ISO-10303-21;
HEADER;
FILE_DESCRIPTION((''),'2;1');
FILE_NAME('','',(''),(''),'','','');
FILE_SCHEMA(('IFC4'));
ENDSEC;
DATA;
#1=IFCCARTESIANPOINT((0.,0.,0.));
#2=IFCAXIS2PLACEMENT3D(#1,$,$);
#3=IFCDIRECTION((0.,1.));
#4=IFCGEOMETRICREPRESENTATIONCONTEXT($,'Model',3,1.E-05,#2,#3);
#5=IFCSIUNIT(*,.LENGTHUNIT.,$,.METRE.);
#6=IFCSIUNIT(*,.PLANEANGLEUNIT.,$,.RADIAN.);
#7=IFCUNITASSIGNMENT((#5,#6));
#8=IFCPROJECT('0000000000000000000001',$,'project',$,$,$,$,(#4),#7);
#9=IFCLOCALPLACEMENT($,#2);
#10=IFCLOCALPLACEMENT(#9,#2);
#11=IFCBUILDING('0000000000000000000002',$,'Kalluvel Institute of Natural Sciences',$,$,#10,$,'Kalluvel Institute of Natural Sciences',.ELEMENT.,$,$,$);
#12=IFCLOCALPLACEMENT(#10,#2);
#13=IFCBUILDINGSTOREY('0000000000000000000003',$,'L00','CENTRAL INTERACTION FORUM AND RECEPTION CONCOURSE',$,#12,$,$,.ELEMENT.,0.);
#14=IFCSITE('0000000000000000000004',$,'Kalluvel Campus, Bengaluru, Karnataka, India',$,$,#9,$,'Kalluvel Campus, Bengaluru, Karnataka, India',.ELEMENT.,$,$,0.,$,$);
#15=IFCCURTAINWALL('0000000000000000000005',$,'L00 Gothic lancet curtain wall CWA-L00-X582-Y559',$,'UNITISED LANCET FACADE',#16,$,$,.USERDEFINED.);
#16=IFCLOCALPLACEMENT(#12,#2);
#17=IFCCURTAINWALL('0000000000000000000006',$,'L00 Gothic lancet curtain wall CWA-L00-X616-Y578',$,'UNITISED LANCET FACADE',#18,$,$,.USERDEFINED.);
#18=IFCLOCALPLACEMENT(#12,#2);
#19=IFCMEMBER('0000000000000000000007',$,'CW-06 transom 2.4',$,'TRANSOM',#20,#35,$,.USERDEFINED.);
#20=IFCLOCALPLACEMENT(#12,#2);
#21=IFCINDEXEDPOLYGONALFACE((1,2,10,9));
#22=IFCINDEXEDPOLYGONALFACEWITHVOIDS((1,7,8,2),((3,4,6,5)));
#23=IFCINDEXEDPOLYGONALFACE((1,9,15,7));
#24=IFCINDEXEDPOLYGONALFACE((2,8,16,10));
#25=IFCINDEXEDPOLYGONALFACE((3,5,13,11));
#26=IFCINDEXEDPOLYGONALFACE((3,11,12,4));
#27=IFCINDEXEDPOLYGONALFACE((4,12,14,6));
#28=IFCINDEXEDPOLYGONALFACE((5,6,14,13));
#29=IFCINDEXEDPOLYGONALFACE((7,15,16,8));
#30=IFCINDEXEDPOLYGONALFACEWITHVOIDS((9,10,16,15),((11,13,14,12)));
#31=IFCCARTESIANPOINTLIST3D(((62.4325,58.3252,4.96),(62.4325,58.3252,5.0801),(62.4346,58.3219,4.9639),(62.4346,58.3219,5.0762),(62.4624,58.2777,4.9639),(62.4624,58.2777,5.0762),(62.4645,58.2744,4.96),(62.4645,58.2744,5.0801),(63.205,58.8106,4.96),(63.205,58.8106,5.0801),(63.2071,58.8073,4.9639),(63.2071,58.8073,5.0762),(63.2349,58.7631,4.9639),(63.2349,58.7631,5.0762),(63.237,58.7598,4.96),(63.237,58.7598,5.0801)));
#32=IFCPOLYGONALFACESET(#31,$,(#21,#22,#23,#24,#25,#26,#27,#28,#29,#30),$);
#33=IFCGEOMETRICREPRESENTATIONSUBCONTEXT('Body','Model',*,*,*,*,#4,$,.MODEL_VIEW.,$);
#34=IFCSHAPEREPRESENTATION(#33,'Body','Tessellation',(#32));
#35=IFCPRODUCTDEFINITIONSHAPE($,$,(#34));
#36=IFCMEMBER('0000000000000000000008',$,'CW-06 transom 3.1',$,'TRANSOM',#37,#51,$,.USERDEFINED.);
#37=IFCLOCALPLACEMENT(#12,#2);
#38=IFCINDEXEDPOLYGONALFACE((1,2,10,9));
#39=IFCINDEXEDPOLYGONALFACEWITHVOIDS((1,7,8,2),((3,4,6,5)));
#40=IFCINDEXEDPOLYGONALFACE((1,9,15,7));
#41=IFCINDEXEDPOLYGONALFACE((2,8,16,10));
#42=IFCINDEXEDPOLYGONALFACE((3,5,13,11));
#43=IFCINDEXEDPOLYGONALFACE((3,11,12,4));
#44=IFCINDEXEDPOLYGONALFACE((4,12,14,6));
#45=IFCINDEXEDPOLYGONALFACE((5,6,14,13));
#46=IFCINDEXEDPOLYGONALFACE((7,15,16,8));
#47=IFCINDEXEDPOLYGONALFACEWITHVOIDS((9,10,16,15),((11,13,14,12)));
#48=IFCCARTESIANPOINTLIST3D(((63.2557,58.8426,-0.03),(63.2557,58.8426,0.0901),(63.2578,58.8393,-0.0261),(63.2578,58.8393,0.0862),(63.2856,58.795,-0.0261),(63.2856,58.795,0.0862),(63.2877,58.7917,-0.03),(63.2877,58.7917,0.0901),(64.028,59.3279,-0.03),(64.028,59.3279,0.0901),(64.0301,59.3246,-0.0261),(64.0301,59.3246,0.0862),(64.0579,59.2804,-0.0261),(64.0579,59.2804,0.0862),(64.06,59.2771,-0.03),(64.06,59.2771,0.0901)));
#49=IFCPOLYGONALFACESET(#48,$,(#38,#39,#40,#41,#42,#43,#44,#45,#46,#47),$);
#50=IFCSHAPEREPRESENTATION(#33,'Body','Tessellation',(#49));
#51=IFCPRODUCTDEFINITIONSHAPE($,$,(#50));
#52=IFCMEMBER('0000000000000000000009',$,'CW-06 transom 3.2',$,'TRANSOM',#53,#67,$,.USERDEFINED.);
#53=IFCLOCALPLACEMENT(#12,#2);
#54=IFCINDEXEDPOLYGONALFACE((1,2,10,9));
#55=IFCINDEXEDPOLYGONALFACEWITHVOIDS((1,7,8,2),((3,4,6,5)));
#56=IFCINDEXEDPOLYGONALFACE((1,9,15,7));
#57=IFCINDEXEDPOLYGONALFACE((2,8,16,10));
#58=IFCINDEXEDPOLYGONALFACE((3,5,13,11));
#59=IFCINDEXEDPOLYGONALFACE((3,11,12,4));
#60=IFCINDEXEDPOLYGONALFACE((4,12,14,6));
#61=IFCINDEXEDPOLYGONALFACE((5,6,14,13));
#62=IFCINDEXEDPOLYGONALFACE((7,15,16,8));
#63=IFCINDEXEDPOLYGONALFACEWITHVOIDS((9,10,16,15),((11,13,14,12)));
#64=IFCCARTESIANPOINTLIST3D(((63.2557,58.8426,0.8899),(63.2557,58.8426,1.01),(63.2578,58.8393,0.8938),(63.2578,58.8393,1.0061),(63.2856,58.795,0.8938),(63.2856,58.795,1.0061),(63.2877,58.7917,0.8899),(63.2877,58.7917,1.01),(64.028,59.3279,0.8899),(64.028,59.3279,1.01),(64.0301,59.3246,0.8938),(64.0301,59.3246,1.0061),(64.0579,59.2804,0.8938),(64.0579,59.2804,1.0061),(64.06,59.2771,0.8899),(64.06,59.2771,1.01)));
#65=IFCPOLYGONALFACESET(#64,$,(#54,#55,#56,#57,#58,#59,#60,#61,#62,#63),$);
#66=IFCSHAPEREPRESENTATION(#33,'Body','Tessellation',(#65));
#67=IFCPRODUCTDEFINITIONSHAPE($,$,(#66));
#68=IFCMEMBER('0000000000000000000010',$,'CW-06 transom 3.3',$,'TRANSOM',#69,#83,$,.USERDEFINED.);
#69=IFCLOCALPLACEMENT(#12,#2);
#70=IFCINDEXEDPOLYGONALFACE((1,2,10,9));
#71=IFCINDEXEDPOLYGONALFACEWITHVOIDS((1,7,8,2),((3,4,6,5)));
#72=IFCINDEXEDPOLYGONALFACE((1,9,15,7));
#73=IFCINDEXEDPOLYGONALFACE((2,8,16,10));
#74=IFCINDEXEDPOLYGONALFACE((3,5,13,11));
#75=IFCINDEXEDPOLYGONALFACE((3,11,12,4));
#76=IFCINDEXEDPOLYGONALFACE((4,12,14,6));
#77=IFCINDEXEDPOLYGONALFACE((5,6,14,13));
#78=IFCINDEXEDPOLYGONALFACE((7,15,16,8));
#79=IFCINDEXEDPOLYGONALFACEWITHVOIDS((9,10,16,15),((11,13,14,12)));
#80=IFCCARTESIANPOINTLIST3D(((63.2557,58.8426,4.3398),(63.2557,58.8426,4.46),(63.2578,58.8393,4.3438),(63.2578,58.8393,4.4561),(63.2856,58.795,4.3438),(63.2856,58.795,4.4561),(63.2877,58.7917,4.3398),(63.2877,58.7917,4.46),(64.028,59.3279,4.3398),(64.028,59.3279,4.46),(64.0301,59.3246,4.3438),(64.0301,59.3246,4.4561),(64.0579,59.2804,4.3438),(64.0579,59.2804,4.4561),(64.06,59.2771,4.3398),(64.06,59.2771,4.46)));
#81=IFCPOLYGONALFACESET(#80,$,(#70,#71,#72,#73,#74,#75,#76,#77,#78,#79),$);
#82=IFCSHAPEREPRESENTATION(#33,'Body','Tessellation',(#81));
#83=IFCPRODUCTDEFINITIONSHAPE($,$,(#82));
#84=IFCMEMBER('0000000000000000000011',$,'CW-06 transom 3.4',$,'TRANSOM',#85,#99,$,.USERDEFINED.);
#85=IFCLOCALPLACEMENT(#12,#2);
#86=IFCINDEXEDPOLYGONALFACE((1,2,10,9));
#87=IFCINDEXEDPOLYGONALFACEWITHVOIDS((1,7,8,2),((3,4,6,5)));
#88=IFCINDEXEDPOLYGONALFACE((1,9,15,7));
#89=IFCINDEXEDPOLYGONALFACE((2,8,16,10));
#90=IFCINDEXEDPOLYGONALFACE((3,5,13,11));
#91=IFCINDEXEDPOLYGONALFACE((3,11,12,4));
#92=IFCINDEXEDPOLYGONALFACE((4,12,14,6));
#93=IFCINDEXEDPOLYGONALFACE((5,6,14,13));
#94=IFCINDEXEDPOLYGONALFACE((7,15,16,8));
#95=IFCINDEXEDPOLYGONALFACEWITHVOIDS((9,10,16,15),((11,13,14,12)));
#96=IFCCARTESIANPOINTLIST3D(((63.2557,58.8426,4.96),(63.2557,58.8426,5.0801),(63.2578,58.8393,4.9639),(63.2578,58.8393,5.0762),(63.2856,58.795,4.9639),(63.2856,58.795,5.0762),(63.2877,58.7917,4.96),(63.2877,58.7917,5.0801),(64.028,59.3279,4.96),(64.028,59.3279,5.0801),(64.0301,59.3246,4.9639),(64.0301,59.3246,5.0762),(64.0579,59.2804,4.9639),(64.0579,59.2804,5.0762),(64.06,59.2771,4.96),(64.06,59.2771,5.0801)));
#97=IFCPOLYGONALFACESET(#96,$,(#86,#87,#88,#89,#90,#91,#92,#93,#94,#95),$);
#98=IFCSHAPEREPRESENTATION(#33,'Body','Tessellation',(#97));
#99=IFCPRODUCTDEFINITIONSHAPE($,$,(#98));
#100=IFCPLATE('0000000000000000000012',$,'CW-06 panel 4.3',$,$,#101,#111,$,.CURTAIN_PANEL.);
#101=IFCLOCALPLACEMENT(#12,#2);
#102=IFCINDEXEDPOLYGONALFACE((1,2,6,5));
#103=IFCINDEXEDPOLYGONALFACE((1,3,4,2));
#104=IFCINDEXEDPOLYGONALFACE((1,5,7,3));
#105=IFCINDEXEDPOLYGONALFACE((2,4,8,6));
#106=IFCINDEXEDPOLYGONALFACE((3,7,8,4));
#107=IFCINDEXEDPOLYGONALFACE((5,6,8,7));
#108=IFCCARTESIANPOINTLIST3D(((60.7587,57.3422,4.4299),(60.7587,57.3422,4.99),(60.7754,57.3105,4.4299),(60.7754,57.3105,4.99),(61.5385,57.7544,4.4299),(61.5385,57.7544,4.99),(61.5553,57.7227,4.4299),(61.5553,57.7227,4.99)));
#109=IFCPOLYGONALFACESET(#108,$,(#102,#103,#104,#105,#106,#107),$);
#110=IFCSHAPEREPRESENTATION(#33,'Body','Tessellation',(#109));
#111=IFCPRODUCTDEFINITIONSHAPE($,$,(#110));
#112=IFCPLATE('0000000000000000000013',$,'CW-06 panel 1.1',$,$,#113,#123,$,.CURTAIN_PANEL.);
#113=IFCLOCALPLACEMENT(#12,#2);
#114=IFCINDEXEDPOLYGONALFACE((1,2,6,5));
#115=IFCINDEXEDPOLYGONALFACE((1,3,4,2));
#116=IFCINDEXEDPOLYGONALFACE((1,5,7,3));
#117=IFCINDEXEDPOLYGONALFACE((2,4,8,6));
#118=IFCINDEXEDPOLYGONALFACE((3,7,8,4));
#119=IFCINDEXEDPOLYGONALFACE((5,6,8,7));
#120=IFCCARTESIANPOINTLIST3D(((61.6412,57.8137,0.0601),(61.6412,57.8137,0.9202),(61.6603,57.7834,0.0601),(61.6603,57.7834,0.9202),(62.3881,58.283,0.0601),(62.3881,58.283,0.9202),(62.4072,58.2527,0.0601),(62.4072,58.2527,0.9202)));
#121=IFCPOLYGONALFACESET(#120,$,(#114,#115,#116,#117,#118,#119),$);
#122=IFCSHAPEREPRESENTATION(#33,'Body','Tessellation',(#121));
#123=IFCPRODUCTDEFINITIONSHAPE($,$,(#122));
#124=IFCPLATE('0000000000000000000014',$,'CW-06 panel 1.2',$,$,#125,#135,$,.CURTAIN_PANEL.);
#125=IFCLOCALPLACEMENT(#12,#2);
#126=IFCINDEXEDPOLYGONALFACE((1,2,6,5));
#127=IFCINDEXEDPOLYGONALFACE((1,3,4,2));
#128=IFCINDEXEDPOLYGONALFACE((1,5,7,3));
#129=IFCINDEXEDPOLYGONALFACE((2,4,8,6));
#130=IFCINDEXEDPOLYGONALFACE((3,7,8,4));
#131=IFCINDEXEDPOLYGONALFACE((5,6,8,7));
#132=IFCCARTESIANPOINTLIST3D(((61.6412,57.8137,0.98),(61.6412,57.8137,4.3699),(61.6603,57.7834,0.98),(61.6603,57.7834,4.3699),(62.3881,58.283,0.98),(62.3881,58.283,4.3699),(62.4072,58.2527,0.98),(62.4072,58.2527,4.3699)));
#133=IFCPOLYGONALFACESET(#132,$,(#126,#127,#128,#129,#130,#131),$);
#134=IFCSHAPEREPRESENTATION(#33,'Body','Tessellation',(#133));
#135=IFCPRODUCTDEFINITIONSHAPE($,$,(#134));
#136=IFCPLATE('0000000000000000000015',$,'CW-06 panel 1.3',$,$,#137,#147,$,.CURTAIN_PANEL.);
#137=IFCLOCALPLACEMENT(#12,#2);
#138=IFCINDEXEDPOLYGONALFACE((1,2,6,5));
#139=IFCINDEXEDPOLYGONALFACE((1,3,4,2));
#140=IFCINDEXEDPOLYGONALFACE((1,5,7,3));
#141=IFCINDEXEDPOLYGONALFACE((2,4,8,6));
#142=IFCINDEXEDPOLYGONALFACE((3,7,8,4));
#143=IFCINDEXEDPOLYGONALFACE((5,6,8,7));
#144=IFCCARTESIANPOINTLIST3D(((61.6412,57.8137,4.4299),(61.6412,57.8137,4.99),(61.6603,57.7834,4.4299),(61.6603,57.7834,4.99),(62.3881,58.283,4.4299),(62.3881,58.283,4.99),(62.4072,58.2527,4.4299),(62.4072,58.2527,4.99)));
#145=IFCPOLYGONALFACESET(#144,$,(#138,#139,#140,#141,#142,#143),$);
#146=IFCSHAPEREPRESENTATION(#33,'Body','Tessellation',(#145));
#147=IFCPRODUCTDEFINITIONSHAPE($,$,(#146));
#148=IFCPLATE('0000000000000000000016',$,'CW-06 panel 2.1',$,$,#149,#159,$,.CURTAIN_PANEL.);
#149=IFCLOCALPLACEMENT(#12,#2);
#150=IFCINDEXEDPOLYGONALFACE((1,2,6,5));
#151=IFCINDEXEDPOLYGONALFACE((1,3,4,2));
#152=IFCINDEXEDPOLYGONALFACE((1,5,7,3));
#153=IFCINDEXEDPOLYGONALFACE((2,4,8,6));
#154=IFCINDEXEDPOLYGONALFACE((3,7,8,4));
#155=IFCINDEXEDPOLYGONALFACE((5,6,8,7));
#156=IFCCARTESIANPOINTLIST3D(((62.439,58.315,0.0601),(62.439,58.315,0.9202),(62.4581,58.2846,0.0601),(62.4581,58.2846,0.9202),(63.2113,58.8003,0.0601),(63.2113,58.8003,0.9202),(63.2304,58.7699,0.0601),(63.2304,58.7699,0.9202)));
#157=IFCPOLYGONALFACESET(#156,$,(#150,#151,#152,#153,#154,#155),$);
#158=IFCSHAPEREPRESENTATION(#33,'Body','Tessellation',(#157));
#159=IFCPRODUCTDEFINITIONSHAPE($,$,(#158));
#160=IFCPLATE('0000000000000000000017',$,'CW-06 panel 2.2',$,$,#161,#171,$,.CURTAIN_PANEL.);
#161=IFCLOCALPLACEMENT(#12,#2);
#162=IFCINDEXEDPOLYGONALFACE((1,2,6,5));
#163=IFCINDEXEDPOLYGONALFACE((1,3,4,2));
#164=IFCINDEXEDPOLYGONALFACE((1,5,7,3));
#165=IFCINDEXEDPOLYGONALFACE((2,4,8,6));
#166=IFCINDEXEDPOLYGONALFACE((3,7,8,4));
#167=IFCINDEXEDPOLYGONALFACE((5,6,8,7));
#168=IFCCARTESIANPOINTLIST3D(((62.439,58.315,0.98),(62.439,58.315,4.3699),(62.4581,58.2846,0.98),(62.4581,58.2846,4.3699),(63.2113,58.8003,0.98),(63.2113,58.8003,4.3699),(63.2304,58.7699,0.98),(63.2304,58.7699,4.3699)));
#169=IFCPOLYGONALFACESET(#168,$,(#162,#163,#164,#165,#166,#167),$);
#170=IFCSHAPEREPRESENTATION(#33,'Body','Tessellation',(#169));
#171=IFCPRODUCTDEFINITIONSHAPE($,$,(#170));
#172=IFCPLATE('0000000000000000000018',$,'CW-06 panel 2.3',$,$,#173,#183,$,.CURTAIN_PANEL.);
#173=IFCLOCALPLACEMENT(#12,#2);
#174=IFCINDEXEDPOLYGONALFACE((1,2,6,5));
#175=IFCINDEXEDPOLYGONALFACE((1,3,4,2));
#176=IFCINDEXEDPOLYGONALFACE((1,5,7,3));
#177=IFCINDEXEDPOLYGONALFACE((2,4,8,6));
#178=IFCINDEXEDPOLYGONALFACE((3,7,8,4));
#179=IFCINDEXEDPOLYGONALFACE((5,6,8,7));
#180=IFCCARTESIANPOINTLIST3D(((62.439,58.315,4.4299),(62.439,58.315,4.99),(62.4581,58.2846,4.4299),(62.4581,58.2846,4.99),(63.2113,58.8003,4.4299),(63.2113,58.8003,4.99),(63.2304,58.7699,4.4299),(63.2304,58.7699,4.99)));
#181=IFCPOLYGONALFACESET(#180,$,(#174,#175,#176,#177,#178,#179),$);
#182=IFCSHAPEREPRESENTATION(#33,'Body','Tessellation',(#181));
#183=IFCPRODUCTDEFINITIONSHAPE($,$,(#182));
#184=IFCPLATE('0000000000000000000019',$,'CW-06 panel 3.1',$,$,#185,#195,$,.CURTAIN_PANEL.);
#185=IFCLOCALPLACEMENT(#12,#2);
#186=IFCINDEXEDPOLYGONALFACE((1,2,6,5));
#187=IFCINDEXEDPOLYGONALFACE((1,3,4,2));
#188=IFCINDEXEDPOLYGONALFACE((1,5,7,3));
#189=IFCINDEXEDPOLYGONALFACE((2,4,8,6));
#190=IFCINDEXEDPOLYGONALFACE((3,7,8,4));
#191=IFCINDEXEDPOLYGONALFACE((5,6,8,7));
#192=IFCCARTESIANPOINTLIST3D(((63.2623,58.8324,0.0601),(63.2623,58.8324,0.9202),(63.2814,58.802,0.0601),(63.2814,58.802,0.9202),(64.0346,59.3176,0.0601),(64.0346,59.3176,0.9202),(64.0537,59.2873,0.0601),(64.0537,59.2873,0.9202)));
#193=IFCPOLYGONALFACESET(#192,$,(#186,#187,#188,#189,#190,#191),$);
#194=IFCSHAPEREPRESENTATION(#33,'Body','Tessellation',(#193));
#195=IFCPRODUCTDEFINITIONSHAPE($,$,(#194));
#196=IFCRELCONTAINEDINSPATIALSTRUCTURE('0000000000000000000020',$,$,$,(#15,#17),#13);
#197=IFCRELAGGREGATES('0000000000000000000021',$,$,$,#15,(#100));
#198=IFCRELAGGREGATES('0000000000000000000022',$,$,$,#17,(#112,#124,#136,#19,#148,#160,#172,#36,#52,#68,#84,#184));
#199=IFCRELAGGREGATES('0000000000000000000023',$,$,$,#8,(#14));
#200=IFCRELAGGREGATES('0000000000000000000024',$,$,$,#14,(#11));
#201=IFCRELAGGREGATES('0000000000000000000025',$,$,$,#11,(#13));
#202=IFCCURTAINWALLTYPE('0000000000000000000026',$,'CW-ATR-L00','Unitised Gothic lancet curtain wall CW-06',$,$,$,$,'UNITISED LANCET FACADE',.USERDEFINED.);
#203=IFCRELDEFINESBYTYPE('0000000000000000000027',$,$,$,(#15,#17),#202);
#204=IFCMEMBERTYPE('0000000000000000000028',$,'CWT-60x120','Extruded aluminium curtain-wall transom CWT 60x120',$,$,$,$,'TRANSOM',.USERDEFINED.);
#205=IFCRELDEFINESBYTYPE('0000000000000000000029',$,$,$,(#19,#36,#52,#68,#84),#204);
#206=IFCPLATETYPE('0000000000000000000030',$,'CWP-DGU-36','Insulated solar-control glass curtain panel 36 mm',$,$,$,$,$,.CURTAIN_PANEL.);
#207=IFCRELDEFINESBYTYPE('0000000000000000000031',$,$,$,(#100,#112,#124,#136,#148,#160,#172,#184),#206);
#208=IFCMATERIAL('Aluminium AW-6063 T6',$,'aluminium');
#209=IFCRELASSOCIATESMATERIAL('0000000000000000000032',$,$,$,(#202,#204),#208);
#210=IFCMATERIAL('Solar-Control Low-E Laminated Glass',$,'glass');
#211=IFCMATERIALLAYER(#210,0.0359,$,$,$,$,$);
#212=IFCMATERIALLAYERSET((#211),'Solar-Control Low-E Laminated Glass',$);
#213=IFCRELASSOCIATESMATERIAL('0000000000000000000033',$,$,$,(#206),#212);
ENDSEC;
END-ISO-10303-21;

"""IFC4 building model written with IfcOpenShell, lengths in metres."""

from ifc_helpers import new_model, si_unit, direction, frame, origin, origin_2d, place, context, subcontext, project, spatial, rectangle, hollow_rectangle, extrude, material, layer, layer_set, material_profile, profile_set, type_object, element, aggregate, save


model = new_model("IFC4")

# Units and contexts
model_context = context("Model", 3, precision=1e-05, world=origin(), true_north=direction((0.0, 1.0)))
body_context = subcontext(model_context, "Body", "Model", "MODEL_VIEW")
ifc_project = project(units=[si_unit("LENGTHUNIT", "METRE"), si_unit("PLANEANGLEUNIT", "RADIAN")], contexts=[model_context])

# Site, building, storey
site_placement = place(None, origin())
site = spatial("IfcSite", under=ifc_project, at=site_placement, Name="Kalluvel Campus, Bengaluru, Karnataka, India", LongName="Kalluvel Campus, Bengaluru, Karnataka, India", CompositionType="ELEMENT", RefElevation=0.0)
building_placement = place(site_placement, origin())
building = spatial("IfcBuilding", under=site, at=building_placement, Name="Kalluvel Institute of Natural Sciences", LongName="Kalluvel Institute of Natural Sciences", CompositionType="ELEMENT")
storey_placement = place(building_placement, origin())
storey = spatial("IfcBuildingStorey", under=building, at=storey_placement, Name="L00", Description="CENTRAL INTERACTION FORUM AND RECEPTION CONCOURSE", CompositionType="ELEMENT", Elevation=0.0)

# Curtain wall
ifc_material_1 = material(Name="Aluminium AW-6063 T6", Category="aluminium")
curtain_wall_type = type_object("IfcCurtainWallType", Name="CW-ATR-L00", Description="Unitised Gothic lancet curtain wall CW-06", ElementType="UNITISED LANCET FACADE", PredefinedType="USERDEFINED", material=ifc_material_1)
curtain_wall_1_placement = place(storey_placement, origin())
curtain_wall_1 = element("IfcCurtainWall", 1, at=curtain_wall_1_placement, inside=storey, type_object=curtain_wall_type, Name="L00 Gothic lancet curtain wall CWA-L00-X582-Y559", ObjectType="UNITISED LANCET FACADE", PredefinedType="USERDEFINED")

# Curtain wall, members
curtain_wall_2_placement = place(storey_placement, origin())
curtain_wall_2 = element("IfcCurtainWall", 2, at=curtain_wall_2_placement, inside=storey, type_object=curtain_wall_type, Name="L00 Gothic lancet curtain wall CWA-L00-X616-Y578", ObjectType="UNITISED LANCET FACADE", PredefinedType="USERDEFINED")
ifc_material_profile_1 = material_profile(ifc_material_1, hollow_rectangle(XDim=0.0601, YDim=0.1201, WallThickness=0.0039, at=origin_2d()), Name="CWT 60x120")
ifc_profile_set_1 = profile_set([ifc_material_profile_1], Name="Aluminium AW-6063 T6")
member_type_1 = type_object("IfcMemberType", Name="CWT-60x120", Description="Extruded aluminium curtain-wall transom CWT 60x120", ElementType="TRANSOM", PredefinedType="USERDEFINED", material=ifc_profile_set_1)
member_1_placement = place(storey_placement, frame((62.4485, 58.2998, 5.02), z_axis=(0.846733, 0.532018, 0.0), x_axis=(-0.532018, 0.846733, 0.0)))
member_1 = element("IfcMember", 3, at=member_1_placement, type_object=member_type_1, Name="CW-06 transom 2.4", ObjectType="TRANSOM", PredefinedType="USERDEFINED", context=body_context, shape_type="SweptSolid", body=[
    extrude(hollow_rectangle(XDim=0.0601, YDim=0.1201, WallThickness=0.0039, at=origin_2d()), origin(), (0.0, 0.0, 1.0), 0.9124),
])
member_2_placement = place(storey_placement, frame((63.2717, 58.8171, 0.03), z_axis=(0.846657, 0.532139, 0.0), x_axis=(-0.532139, 0.846657, 0.0)))
member_2 = element("IfcMember", 4, at=member_2_placement, type_object=member_type_1, Name="CW-06 transom 3.1", ObjectType="TRANSOM", PredefinedType="USERDEFINED", context=body_context, shape_type="SweptSolid", body=[
    extrude(hollow_rectangle(XDim=0.0601, YDim=0.1201, WallThickness=0.0039, at=origin_2d()), origin(), (0.0, 0.0, 1.0), 0.9121),
])
member_3_placement = place(storey_placement, frame((63.2717, 58.8171, 0.95), z_axis=(0.846657, 0.532139, 0.0), x_axis=(-0.532139, 0.846657, 0.0)))
member_3 = element("IfcMember", 5, at=member_3_placement, type_object=member_type_1, Name="CW-06 transom 3.2", ObjectType="TRANSOM", PredefinedType="USERDEFINED", context=body_context, shape_type="SweptSolid", body=[
    extrude(hollow_rectangle(XDim=0.0601, YDim=0.1201, WallThickness=0.0039, at=origin_2d()), origin(), (0.0, 0.0, 1.0), 0.9121),
])
member_4_placement = place(storey_placement, frame((63.2717, 58.8171, 4.3999), z_axis=(0.846657, 0.532139, 0.0), x_axis=(-0.532139, 0.846657, 0.0)))
member_4 = element("IfcMember", 6, at=member_4_placement, type_object=member_type_1, Name="CW-06 transom 3.3", ObjectType="TRANSOM", PredefinedType="USERDEFINED", context=body_context, shape_type="SweptSolid", body=[
    extrude(hollow_rectangle(XDim=0.0601, YDim=0.1201, WallThickness=0.0039, at=origin_2d()), origin(), (0.0, 0.0, 1.0), 0.9121),
])
member_5_placement = place(storey_placement, frame((63.2717, 58.8171, 5.02), z_axis=(0.846657, 0.532139, 0.0), x_axis=(-0.532139, 0.846657, 0.0)))
member_5 = element("IfcMember", 7, at=member_5_placement, type_object=member_type_1, Name="CW-06 transom 3.4", ObjectType="TRANSOM", PredefinedType="USERDEFINED", context=body_context, shape_type="SweptSolid", body=[
    extrude(hollow_rectangle(XDim=0.0601, YDim=0.1201, WallThickness=0.0039, at=origin_2d()), origin(), (0.0, 0.0, 1.0), 0.9121),
])

# Plates
ifc_material_2 = material(Name="Solar-Control Low-E Laminated Glass", Category="glass")
ifc_layer = layer(ifc_material_2, 0.0359)
ifc_layer_set = layer_set([ifc_layer], Name="Solar-Control Low-E Laminated Glass")
plate_type = type_object("IfcPlateType", Name="CWP-DGU-36", Description="Insulated solar-control glass curtain panel 36 mm", PredefinedType="CURTAIN_PANEL", material=ifc_layer_set)
plate_1_placement = place(storey_placement, frame((61.157, 57.5325, 4.4299), z_axis=(0.0, 0.0, 1.0), x_axis=(0.884109, 0.467281, 0.0)))
plate_1 = element("IfcPlate", 8, at=plate_1_placement, type_object=plate_type, Name="CW-06 panel 4.3", PredefinedType="CURTAIN_PANEL", context=body_context, shape_type="SweptSolid", body=[
    extrude(rectangle(XDim=0.8821, YDim=0.0359, at=origin_2d()), origin(), (0.0, 0.0, 1.0), 0.5601),
])
aggregate(curtain_wall_1, [plate_1])
plate_2_placement = place(storey_placement, frame((62.0242, 58.0332, 0.0601), z_axis=(0.0, 0.0, 1.0), x_axis=(0.846722, 0.532036, 0.0)))
plate_2 = element("IfcPlate", 9, at=plate_2_placement, type_object=plate_type, Name="CW-06 panel 1.1", PredefinedType="CURTAIN_PANEL", context=body_context, shape_type="SweptSolid", body=[
    extrude(rectangle(XDim=0.8821, YDim=0.0359, at=origin_2d()), origin(), (0.0, 0.0, 1.0), 0.8601),
])
plate_3_placement = place(storey_placement, frame((62.0242, 58.0332, 0.98), z_axis=(0.0, 0.0, 1.0), x_axis=(0.846722, 0.532036, 0.0)))
plate_3 = element("IfcPlate", 10, at=plate_3_placement, type_object=plate_type, Name="CW-06 panel 1.2", PredefinedType="CURTAIN_PANEL", context=body_context, shape_type="SweptSolid", body=[
    extrude(rectangle(XDim=0.8821, YDim=0.0359, at=origin_2d()), origin(), (0.0, 0.0, 1.0), 3.3899),
])
plate_4_placement = place(storey_placement, frame((62.0242, 58.0332, 4.4299), z_axis=(0.0, 0.0, 1.0), x_axis=(0.846722, 0.532036, 0.0)))
plate_4 = element("IfcPlate", 11, at=plate_4_placement, type_object=plate_type, Name="CW-06 panel 1.3", PredefinedType="CURTAIN_PANEL", context=body_context, shape_type="SweptSolid", body=[
    extrude(rectangle(XDim=0.8821, YDim=0.0359, at=origin_2d()), origin(), (0.0, 0.0, 1.0), 0.5601),
])
plate_5_placement = place(storey_placement, frame((62.8347, 58.5425, 0.0601), z_axis=(0.0, 0.0, 1.0), x_axis=(0.846722, 0.532036, 0.0)))
plate_5 = element("IfcPlate", 12, at=plate_5_placement, type_object=plate_type, Name="CW-06 panel 2.1", PredefinedType="CURTAIN_PANEL", context=body_context, shape_type="SweptSolid", body=[
    extrude(rectangle(XDim=0.9121, YDim=0.0359, at=origin_2d()), origin(), (0.0, 0.0, 1.0), 0.8601),
])
plate_6_placement = place(storey_placement, frame((62.8347, 58.5425, 0.98), z_axis=(0.0, 0.0, 1.0), x_axis=(0.846722, 0.532036, 0.0)))
plate_6 = element("IfcPlate", 13, at=plate_6_placement, type_object=plate_type, Name="CW-06 panel 2.2", PredefinedType="CURTAIN_PANEL", context=body_context, shape_type="SweptSolid", body=[
    extrude(rectangle(XDim=0.9121, YDim=0.0359, at=origin_2d()), origin(), (0.0, 0.0, 1.0), 3.3899),
])
plate_7_placement = place(storey_placement, frame((62.8347, 58.5425, 4.4299), z_axis=(0.0, 0.0, 1.0), x_axis=(0.846722, 0.532036, 0.0)))
plate_7 = element("IfcPlate", 14, at=plate_7_placement, type_object=plate_type, Name="CW-06 panel 2.3", PredefinedType="CURTAIN_PANEL", context=body_context, shape_type="SweptSolid", body=[
    extrude(rectangle(XDim=0.9121, YDim=0.0359, at=origin_2d()), origin(), (0.0, 0.0, 1.0), 0.5601),
])
plate_8_placement = place(storey_placement, frame((63.658, 59.0598, 0.0601), z_axis=(0.0, 0.0, 1.0), x_axis=(0.846722, 0.532036, 0.0)))
plate_8 = element("IfcPlate", 15, at=plate_8_placement, type_object=plate_type, Name="CW-06 panel 3.1", PredefinedType="CURTAIN_PANEL", context=body_context, shape_type="SweptSolid", body=[
    extrude(rectangle(XDim=0.9121, YDim=0.0359, at=origin_2d()), origin(), (0.0, 0.0, 1.0), 0.8601),
])
aggregate(curtain_wall_2, [plate_2, plate_3, plate_4, member_1, plate_5, plate_6, plate_7, member_2, member_3, member_4, member_5, plate_8])

save(model, "model.ifc")
